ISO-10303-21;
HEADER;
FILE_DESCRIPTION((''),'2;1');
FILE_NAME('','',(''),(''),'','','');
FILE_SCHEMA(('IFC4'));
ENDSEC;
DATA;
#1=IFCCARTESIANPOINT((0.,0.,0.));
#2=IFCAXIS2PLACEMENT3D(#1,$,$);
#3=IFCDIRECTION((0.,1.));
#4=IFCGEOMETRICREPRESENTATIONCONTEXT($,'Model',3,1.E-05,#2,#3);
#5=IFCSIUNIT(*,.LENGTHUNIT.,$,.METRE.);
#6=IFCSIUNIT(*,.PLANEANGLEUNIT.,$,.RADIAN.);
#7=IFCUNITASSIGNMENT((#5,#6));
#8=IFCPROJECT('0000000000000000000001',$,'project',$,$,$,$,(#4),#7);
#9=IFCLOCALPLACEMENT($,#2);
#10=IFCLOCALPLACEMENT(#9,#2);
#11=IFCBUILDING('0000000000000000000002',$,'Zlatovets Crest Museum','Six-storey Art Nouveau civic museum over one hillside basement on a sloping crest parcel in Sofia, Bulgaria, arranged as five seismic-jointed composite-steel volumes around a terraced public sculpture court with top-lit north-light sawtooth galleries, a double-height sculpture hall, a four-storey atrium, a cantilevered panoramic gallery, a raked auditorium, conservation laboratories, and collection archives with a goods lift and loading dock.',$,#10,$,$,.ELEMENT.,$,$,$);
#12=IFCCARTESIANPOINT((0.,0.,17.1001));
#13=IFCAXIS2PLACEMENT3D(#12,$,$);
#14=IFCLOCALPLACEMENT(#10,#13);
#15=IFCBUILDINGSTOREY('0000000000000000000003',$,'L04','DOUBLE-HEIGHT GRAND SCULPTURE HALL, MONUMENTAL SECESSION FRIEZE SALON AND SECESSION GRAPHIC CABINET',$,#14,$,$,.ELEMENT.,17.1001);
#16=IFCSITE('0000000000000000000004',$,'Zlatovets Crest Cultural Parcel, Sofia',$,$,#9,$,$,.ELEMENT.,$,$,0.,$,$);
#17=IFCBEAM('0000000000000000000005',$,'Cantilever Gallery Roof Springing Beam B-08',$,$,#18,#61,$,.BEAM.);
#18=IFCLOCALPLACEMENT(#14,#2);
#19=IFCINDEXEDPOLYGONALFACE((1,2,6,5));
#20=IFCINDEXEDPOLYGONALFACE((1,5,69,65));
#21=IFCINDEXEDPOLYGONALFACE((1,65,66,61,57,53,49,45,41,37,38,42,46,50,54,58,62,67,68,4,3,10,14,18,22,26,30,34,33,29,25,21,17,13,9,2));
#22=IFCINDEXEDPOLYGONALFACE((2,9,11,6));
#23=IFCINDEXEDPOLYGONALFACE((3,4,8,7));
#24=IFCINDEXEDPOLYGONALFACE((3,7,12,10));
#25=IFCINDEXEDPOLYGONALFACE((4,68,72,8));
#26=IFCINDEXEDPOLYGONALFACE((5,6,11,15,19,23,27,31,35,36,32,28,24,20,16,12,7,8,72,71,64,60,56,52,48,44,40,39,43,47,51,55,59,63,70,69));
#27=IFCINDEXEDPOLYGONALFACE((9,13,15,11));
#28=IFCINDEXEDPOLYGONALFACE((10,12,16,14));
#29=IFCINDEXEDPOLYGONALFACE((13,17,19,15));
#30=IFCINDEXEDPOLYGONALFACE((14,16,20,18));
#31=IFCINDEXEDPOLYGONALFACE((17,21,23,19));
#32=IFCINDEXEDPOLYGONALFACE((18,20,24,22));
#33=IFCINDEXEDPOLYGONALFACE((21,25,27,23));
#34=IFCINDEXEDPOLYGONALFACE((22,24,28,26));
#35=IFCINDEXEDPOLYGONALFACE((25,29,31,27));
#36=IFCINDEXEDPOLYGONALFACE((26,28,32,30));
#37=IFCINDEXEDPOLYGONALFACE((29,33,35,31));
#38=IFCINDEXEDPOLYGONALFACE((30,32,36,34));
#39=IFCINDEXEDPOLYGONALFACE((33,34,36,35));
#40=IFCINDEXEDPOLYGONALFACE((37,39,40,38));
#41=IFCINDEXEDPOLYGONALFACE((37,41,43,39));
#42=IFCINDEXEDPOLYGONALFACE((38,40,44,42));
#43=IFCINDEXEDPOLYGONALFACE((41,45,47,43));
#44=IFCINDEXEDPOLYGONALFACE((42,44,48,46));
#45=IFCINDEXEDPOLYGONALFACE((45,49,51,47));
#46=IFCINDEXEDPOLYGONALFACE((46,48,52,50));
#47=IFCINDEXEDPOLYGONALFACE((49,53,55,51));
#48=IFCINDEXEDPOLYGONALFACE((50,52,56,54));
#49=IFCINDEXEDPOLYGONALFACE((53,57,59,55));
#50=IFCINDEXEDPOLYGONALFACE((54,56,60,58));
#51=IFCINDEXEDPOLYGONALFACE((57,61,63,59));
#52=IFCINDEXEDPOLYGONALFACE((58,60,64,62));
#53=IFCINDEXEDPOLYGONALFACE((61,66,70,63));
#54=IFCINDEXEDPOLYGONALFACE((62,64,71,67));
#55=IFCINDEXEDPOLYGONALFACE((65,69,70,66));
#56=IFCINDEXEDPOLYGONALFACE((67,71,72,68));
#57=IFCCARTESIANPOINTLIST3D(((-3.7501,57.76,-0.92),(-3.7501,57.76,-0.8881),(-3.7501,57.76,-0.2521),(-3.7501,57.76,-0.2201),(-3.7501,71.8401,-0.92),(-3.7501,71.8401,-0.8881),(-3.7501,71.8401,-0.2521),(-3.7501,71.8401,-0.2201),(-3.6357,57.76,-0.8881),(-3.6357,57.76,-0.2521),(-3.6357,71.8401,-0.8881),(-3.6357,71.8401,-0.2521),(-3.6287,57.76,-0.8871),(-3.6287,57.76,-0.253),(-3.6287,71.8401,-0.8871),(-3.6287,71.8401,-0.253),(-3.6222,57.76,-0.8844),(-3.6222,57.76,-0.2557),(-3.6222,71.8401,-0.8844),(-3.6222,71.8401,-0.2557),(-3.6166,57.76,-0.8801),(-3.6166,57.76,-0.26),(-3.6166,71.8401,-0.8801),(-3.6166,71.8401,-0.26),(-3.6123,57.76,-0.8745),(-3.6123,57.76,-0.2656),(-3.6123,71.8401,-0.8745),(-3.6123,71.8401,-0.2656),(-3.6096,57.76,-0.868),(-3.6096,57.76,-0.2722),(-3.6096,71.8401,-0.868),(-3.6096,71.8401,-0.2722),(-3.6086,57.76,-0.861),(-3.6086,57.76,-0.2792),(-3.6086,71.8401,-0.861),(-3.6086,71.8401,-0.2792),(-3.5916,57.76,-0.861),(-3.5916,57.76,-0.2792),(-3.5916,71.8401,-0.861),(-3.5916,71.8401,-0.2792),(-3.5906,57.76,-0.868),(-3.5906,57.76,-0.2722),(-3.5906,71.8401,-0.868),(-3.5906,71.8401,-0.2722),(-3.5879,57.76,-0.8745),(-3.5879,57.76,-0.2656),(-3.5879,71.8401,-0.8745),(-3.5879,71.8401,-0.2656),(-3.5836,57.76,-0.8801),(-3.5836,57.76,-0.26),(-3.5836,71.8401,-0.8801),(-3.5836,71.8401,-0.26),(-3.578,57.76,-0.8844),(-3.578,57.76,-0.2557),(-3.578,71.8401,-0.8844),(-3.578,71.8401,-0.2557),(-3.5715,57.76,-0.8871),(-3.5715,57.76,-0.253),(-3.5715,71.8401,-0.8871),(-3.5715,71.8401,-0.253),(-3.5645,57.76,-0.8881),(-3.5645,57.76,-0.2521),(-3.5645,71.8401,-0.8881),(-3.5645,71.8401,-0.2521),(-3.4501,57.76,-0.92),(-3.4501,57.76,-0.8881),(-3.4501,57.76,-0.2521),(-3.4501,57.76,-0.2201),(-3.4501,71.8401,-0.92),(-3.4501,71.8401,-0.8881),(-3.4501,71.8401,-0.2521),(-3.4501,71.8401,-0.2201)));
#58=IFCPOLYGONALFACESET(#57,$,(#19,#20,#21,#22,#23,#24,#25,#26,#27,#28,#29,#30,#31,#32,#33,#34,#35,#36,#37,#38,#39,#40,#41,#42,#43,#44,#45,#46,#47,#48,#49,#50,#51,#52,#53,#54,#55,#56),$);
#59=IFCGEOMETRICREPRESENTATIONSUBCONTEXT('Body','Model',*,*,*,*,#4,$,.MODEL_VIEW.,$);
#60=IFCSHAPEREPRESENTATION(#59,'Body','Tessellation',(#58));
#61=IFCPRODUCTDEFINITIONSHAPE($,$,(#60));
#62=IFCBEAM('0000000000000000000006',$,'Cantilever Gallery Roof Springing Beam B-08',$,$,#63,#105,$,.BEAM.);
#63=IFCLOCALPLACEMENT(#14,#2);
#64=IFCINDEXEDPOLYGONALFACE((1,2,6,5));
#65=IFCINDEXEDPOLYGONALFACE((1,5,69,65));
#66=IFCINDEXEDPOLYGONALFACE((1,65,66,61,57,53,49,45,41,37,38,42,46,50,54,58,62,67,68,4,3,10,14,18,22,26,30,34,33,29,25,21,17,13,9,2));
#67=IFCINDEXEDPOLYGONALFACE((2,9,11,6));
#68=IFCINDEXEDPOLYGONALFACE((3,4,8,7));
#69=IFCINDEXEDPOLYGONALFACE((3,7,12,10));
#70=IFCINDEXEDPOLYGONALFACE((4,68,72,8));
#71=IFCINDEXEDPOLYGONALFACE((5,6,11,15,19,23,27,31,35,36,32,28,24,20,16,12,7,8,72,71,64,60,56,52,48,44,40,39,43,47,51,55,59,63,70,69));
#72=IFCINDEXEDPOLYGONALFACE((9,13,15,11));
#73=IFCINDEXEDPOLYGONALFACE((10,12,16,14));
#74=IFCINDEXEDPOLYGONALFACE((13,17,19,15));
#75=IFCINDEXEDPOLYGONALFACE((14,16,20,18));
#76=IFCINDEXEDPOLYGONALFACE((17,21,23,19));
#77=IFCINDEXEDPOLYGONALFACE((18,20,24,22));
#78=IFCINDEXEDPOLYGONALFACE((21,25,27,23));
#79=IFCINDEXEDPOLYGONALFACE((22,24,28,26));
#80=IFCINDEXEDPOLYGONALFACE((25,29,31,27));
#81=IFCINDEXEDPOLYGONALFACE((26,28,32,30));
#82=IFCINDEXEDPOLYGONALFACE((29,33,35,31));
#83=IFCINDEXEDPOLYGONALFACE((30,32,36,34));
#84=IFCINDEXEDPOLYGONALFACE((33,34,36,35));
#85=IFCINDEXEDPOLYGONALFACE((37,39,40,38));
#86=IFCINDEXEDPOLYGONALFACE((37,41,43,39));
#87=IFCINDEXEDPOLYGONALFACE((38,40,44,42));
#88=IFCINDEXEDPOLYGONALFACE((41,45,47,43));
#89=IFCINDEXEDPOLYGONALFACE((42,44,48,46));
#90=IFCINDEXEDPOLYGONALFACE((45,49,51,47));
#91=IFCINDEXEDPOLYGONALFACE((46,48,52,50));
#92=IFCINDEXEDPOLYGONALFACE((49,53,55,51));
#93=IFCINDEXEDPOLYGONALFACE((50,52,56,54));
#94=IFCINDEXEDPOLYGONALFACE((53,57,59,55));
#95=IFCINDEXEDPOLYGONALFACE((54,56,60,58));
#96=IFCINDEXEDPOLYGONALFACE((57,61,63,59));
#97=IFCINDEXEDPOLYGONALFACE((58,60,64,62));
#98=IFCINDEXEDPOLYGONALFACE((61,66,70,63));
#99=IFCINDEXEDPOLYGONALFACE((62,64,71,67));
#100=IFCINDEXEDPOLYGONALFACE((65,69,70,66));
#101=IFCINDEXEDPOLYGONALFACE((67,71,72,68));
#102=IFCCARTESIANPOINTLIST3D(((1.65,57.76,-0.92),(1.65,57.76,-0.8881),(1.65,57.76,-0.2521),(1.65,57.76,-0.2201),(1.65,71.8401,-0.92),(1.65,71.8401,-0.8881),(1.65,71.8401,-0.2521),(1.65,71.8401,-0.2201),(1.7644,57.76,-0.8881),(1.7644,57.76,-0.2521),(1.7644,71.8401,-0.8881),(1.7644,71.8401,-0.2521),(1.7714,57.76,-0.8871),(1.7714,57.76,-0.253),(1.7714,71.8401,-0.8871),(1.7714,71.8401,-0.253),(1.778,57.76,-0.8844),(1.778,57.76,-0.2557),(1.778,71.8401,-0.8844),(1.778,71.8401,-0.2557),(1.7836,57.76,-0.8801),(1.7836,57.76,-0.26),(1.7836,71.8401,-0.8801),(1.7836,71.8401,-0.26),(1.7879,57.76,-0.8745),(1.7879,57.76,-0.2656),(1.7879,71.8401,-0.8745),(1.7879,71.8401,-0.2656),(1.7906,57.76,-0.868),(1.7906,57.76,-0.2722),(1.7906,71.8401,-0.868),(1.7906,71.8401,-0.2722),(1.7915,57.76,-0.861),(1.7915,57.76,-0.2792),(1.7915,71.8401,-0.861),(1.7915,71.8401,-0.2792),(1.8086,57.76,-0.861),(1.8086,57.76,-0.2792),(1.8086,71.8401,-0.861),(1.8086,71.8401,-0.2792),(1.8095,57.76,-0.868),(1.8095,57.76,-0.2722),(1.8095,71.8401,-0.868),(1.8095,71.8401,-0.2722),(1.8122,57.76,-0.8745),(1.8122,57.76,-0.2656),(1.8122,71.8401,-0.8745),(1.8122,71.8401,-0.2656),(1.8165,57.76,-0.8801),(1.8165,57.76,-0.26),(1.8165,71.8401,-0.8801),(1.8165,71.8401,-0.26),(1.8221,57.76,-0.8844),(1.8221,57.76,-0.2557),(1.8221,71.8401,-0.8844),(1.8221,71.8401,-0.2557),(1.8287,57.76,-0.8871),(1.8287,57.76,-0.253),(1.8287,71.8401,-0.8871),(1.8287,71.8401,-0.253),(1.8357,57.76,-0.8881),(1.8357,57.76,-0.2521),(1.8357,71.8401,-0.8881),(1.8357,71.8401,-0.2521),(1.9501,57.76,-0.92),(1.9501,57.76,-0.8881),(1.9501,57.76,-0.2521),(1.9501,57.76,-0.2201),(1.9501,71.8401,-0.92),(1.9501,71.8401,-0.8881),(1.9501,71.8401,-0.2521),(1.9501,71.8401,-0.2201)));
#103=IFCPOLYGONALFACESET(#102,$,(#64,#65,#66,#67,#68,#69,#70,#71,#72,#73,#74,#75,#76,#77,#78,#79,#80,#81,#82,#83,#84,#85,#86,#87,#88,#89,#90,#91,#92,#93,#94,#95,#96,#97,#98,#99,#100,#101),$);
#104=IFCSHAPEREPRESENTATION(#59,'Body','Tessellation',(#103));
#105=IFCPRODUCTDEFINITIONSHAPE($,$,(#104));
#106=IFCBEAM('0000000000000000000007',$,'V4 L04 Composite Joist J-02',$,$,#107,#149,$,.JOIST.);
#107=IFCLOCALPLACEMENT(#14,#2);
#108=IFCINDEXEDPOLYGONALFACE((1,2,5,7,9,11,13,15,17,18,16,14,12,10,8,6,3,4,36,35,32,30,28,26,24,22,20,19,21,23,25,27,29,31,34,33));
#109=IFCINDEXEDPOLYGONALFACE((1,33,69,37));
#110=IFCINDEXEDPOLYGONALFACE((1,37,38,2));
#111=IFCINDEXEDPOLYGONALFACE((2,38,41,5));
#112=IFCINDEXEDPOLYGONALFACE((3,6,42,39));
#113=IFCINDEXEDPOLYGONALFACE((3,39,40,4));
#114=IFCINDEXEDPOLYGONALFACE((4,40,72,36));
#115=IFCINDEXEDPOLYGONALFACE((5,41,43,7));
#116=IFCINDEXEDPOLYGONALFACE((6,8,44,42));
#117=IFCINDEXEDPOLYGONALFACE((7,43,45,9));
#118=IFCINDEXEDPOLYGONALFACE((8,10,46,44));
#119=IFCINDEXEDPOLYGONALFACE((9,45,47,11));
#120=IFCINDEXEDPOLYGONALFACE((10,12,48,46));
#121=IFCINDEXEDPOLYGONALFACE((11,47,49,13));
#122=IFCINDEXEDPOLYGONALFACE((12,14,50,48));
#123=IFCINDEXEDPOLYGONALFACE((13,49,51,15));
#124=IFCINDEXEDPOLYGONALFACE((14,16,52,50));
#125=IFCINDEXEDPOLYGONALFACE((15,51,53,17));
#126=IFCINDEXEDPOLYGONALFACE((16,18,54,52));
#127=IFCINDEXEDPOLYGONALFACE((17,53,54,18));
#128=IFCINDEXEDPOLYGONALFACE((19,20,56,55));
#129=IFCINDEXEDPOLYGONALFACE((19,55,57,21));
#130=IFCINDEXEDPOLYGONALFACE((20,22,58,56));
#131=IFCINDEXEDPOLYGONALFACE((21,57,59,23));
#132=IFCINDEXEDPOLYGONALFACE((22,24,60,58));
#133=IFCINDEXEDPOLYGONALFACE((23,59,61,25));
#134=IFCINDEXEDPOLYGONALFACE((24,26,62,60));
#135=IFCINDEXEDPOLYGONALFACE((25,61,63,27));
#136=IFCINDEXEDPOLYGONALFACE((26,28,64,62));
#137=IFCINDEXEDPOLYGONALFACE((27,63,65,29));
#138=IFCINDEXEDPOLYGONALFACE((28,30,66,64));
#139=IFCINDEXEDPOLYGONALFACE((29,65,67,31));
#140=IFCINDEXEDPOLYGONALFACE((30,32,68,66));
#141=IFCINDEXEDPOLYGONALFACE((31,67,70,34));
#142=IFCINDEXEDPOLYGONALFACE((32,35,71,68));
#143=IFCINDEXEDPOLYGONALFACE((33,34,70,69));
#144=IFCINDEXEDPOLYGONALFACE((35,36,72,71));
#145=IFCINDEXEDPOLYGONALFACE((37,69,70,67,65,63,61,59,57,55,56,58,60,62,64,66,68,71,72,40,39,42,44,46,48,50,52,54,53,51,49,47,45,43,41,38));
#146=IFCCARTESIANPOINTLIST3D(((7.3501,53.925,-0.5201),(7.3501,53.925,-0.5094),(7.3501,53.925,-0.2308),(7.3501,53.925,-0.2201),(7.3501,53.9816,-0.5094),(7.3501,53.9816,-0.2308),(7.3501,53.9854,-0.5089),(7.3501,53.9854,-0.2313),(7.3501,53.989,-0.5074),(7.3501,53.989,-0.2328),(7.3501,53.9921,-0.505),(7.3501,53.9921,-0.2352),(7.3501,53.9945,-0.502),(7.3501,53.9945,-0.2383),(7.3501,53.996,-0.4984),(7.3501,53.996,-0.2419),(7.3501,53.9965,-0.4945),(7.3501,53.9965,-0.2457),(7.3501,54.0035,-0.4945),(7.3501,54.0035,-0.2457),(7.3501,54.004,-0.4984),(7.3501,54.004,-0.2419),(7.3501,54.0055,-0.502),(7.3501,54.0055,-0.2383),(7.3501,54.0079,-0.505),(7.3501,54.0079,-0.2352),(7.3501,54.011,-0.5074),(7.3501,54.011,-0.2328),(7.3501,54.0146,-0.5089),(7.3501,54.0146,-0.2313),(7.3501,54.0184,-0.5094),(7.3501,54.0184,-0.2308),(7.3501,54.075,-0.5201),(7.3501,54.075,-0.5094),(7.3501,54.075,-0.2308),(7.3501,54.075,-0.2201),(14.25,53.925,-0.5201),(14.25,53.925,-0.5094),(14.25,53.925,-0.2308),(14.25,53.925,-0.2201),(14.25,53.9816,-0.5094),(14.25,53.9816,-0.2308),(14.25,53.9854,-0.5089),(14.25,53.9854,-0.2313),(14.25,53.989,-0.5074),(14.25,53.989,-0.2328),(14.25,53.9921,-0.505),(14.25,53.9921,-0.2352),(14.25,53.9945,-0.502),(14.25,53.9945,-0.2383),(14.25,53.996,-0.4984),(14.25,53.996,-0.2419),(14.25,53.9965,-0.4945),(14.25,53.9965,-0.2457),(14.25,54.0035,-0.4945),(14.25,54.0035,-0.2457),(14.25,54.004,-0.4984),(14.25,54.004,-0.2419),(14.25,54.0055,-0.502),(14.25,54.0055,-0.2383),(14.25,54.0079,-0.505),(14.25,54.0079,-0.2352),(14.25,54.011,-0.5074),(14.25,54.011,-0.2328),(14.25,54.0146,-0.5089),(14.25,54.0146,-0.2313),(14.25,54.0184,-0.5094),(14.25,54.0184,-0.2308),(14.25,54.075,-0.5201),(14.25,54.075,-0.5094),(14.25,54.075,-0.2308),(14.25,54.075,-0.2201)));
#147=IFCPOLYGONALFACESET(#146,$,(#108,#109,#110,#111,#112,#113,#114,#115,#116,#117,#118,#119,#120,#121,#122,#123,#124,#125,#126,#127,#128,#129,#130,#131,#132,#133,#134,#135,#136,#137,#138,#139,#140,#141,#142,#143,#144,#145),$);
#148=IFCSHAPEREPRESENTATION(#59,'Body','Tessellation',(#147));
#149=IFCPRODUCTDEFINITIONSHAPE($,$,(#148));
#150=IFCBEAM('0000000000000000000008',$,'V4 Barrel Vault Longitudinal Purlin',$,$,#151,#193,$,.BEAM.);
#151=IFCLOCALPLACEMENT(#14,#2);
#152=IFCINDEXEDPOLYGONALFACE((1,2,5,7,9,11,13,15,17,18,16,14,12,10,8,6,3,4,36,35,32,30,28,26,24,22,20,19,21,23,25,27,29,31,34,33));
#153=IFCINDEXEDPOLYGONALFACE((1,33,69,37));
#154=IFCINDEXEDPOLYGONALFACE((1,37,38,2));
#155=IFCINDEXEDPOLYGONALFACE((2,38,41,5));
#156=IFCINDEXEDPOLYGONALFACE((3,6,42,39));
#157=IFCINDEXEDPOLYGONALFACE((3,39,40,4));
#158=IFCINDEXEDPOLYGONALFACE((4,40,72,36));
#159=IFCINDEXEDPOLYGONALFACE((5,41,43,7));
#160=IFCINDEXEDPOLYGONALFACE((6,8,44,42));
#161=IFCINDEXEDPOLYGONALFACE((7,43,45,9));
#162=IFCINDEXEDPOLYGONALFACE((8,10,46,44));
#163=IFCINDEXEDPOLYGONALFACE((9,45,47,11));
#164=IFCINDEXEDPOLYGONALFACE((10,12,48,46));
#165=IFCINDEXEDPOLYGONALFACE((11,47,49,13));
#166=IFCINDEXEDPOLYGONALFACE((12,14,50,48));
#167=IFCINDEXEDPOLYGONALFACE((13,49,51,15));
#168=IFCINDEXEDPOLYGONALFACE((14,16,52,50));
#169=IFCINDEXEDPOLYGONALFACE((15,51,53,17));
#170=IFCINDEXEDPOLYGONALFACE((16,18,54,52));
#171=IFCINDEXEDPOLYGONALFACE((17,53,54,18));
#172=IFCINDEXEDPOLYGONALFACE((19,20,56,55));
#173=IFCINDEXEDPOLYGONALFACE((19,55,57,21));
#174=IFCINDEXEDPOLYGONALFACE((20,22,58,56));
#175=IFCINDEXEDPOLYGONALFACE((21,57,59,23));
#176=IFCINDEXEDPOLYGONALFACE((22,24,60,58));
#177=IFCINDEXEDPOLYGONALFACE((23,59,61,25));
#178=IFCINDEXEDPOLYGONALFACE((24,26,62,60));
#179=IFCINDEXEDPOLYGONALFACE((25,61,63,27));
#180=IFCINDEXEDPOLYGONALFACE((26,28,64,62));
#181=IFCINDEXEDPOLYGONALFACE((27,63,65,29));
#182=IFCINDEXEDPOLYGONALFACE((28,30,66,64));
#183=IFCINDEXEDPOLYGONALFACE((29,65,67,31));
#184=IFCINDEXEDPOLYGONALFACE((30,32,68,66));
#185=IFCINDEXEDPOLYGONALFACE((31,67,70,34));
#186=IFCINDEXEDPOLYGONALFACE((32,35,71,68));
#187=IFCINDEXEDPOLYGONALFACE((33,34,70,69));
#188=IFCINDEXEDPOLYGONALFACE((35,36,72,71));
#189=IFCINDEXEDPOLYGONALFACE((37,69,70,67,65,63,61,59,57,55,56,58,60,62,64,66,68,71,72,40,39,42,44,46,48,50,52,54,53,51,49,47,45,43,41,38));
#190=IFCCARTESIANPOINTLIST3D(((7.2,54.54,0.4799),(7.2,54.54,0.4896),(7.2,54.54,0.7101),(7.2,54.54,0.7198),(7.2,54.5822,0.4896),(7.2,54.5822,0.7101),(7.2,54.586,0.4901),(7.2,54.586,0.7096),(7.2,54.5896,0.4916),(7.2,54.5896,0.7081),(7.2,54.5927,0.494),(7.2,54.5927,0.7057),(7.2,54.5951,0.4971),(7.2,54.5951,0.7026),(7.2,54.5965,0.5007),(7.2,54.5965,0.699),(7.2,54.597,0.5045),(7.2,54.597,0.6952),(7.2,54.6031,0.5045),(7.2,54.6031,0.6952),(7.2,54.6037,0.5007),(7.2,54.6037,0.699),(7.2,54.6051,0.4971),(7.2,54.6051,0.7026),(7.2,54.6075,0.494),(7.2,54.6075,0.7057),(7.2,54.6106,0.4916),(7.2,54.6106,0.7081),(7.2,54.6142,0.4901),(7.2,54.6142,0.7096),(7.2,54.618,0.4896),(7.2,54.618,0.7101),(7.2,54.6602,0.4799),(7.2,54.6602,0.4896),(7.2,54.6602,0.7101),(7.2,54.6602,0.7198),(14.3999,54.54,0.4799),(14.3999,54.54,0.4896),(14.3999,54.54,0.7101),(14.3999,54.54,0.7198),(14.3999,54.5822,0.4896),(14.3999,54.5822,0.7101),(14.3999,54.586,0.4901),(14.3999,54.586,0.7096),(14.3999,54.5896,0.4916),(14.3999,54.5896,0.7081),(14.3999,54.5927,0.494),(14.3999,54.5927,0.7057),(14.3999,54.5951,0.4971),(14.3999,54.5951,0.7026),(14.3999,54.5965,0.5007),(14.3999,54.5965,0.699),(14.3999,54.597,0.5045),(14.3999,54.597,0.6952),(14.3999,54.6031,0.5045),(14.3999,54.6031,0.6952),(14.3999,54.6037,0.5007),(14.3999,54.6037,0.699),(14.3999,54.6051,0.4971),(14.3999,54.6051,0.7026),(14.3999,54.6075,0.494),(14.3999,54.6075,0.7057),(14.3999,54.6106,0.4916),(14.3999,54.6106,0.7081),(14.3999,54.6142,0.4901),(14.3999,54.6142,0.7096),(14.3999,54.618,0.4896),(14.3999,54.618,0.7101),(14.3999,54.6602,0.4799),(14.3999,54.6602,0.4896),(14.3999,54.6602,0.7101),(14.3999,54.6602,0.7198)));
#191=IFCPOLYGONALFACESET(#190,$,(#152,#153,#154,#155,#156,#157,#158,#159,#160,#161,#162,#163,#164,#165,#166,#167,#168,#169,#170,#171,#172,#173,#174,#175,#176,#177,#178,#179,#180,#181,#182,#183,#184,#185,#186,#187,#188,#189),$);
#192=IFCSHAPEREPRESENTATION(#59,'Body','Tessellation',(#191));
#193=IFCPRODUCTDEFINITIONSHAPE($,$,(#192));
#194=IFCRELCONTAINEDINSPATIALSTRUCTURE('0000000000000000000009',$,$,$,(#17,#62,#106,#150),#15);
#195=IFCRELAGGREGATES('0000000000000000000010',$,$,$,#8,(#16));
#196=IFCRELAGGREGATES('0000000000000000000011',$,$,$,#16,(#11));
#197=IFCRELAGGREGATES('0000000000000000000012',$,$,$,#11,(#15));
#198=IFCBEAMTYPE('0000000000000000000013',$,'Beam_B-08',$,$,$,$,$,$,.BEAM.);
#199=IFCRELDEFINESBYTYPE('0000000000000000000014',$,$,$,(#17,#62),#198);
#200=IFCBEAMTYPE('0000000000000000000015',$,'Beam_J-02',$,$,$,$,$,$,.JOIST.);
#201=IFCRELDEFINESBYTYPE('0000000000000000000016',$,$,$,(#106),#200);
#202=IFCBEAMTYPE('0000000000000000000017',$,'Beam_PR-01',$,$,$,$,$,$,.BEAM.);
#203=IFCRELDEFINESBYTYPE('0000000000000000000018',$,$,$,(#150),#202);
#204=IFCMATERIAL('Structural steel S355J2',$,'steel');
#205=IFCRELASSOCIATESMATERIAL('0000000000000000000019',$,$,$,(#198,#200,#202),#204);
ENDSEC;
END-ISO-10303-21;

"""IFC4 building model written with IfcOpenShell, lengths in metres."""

from ifc_helpers import new_model, si_unit, direction, frame, origin, origin_2d, place, context, subcontext, project, spatial, i_section, extrude, material, material_profile, profile_set, type_object, element, save


model = new_model("IFC4")

# Units and contexts
model_context = context("Model", 3, precision=1e-05, world=origin(), true_north=direction((0.0, 1.0)))
body_context = subcontext(model_context, "Body", "Model", "MODEL_VIEW")
ifc_project = project(units=[si_unit("LENGTHUNIT", "METRE"), si_unit("PLANEANGLEUNIT", "RADIAN")], contexts=[model_context])

# Site, building, storey
site_placement = place(None, origin())
site = spatial("IfcSite", under=ifc_project, at=site_placement, Name="Zlatovets Crest Cultural Parcel, Sofia", CompositionType="ELEMENT", RefElevation=0.0)
building_placement = place(site_placement, origin())
building = spatial("IfcBuilding", under=site, at=building_placement, Name="Zlatovets Crest Museum", Description="Six-storey Art Nouveau civic museum over one hillside basement on a sloping crest parcel in Sofia, Bulgaria, arranged as five seismic-jointed composite-steel volumes around a terraced public sculpture court with top-lit north-light sawtooth galleries, a double-height sculpture hall, a four-storey atrium, a cantilevered panoramic gallery, a raked auditorium, conservation laboratories, and collection archives with a goods lift and loading dock.", CompositionType="ELEMENT")
storey_placement = place(building_placement, frame((0.0, 0.0, 17.1001)))
storey = spatial("IfcBuildingStorey", under=building, at=storey_placement, Name="L04", Description="DOUBLE-HEIGHT GRAND SCULPTURE HALL, MONUMENTAL SECESSION FRIEZE SALON AND SECESSION GRAPHIC CABINET", CompositionType="ELEMENT", Elevation=17.1001)

# Beams
ifc_material_1 = material(Name="Structural steel S355J2", Category="steel")
ifc_material_profile_1 = material_profile(ifc_material_1, i_section(OverallWidth=0.3, OverallDepth=0.7, WebThickness=0.0171, FlangeThickness=0.032, FilletRadius=0.0271, at=origin_2d()), Name="HEB 700")
ifc_profile_set_1 = profile_set([ifc_material_profile_1], Name="Structural steel S355J2")
beam_type_1 = type_object("IfcBeamType", Name="Beam_B-08", PredefinedType="BEAM", material=ifc_profile_set_1)
for number, where, z_axis, x_axis, name in (
    (1, (-3.6001, 57.76, -0.5701), (0.0, 1.0, 0.0), (-1.0, 0.0, 0.0), "Cantilever Gallery Roof Springing Beam B-08"),
    (2, (1.8, 57.76, -0.5701), (0.0, 1.0, 0.0), (-1.0, 0.0, 0.0), "Cantilever Gallery Roof Springing Beam B-08"),
):
    element("IfcBeam", number, at=place(storey_placement, frame(where, z_axis=z_axis, x_axis=x_axis)), inside=storey, type_object=beam_type_1, Name=name, PredefinedType="BEAM", context=body_context, shape_type="SweptSolid", body=[
        extrude(i_section(OverallWidth=0.3, OverallDepth=0.7, WebThickness=0.0171, FlangeThickness=0.032, FilletRadius=0.0271, at=origin_2d()), origin(), (0.0, 0.0, 1.0), 14.0801),
    ])
ifc_material_profile_2 = material_profile(ifc_material_1, i_section(OverallWidth=0.1499, OverallDepth=0.3, WebThickness=0.0071, FlangeThickness=0.0107, FilletRadius=0.0149, at=origin_2d()), Name="IPE 300")
ifc_profile_set_2 = profile_set([ifc_material_profile_2], Name="Structural steel S355J2")
beam_type_2 = type_object("IfcBeamType", Name="Beam_J-02", PredefinedType="JOIST", material=ifc_profile_set_2)
beam_1_placement = place(storey_placement, frame((7.3501, 54.0, -0.3701), z_axis=(1.0, 0.0, 0.0), x_axis=(0.0, 1.0, 0.0)))
element("IfcBeam", 3, at=beam_1_placement, inside=storey, type_object=beam_type_2, Name="V4 L04 Composite Joist J-02", PredefinedType="JOIST", context=body_context, shape_type="SweptSolid", body=[
    extrude(i_section(OverallWidth=0.1499, OverallDepth=0.3, WebThickness=0.0071, FlangeThickness=0.0107, FilletRadius=0.0149, at=origin_2d()), origin(), (0.0, 0.0, 1.0), 6.8999),
])
ifc_material_profile_3 = material_profile(ifc_material_1, i_section(OverallWidth=0.1201, OverallDepth=0.24, WebThickness=0.0061, FlangeThickness=0.0098, FilletRadius=0.0149, at=origin_2d()), Name="IPE 240")
ifc_profile_set_3 = profile_set([ifc_material_profile_3], Name="Structural steel S355J2")
beam_type_3 = type_object("IfcBeamType", Name="Beam_PR-01", PredefinedType="BEAM", material=ifc_profile_set_3)
beam_2_placement = place(storey_placement, frame((7.2, 54.6001, 0.5999), z_axis=(1.0, 0.0, 0.0), x_axis=(0.0, 1.0, 0.0)))
element("IfcBeam", 4, at=beam_2_placement, inside=storey, type_object=beam_type_3, Name="V4 Barrel Vault Longitudinal Purlin", PredefinedType="BEAM", context=body_context, shape_type="SweptSolid", body=[
    extrude(i_section(OverallWidth=0.1201, OverallDepth=0.24, WebThickness=0.0061, FlangeThickness=0.0098, FilletRadius=0.0149, at=origin_2d()), origin(), (0.0, 0.0, 1.0), 7.2),
])

save(model, "model.ifc")
